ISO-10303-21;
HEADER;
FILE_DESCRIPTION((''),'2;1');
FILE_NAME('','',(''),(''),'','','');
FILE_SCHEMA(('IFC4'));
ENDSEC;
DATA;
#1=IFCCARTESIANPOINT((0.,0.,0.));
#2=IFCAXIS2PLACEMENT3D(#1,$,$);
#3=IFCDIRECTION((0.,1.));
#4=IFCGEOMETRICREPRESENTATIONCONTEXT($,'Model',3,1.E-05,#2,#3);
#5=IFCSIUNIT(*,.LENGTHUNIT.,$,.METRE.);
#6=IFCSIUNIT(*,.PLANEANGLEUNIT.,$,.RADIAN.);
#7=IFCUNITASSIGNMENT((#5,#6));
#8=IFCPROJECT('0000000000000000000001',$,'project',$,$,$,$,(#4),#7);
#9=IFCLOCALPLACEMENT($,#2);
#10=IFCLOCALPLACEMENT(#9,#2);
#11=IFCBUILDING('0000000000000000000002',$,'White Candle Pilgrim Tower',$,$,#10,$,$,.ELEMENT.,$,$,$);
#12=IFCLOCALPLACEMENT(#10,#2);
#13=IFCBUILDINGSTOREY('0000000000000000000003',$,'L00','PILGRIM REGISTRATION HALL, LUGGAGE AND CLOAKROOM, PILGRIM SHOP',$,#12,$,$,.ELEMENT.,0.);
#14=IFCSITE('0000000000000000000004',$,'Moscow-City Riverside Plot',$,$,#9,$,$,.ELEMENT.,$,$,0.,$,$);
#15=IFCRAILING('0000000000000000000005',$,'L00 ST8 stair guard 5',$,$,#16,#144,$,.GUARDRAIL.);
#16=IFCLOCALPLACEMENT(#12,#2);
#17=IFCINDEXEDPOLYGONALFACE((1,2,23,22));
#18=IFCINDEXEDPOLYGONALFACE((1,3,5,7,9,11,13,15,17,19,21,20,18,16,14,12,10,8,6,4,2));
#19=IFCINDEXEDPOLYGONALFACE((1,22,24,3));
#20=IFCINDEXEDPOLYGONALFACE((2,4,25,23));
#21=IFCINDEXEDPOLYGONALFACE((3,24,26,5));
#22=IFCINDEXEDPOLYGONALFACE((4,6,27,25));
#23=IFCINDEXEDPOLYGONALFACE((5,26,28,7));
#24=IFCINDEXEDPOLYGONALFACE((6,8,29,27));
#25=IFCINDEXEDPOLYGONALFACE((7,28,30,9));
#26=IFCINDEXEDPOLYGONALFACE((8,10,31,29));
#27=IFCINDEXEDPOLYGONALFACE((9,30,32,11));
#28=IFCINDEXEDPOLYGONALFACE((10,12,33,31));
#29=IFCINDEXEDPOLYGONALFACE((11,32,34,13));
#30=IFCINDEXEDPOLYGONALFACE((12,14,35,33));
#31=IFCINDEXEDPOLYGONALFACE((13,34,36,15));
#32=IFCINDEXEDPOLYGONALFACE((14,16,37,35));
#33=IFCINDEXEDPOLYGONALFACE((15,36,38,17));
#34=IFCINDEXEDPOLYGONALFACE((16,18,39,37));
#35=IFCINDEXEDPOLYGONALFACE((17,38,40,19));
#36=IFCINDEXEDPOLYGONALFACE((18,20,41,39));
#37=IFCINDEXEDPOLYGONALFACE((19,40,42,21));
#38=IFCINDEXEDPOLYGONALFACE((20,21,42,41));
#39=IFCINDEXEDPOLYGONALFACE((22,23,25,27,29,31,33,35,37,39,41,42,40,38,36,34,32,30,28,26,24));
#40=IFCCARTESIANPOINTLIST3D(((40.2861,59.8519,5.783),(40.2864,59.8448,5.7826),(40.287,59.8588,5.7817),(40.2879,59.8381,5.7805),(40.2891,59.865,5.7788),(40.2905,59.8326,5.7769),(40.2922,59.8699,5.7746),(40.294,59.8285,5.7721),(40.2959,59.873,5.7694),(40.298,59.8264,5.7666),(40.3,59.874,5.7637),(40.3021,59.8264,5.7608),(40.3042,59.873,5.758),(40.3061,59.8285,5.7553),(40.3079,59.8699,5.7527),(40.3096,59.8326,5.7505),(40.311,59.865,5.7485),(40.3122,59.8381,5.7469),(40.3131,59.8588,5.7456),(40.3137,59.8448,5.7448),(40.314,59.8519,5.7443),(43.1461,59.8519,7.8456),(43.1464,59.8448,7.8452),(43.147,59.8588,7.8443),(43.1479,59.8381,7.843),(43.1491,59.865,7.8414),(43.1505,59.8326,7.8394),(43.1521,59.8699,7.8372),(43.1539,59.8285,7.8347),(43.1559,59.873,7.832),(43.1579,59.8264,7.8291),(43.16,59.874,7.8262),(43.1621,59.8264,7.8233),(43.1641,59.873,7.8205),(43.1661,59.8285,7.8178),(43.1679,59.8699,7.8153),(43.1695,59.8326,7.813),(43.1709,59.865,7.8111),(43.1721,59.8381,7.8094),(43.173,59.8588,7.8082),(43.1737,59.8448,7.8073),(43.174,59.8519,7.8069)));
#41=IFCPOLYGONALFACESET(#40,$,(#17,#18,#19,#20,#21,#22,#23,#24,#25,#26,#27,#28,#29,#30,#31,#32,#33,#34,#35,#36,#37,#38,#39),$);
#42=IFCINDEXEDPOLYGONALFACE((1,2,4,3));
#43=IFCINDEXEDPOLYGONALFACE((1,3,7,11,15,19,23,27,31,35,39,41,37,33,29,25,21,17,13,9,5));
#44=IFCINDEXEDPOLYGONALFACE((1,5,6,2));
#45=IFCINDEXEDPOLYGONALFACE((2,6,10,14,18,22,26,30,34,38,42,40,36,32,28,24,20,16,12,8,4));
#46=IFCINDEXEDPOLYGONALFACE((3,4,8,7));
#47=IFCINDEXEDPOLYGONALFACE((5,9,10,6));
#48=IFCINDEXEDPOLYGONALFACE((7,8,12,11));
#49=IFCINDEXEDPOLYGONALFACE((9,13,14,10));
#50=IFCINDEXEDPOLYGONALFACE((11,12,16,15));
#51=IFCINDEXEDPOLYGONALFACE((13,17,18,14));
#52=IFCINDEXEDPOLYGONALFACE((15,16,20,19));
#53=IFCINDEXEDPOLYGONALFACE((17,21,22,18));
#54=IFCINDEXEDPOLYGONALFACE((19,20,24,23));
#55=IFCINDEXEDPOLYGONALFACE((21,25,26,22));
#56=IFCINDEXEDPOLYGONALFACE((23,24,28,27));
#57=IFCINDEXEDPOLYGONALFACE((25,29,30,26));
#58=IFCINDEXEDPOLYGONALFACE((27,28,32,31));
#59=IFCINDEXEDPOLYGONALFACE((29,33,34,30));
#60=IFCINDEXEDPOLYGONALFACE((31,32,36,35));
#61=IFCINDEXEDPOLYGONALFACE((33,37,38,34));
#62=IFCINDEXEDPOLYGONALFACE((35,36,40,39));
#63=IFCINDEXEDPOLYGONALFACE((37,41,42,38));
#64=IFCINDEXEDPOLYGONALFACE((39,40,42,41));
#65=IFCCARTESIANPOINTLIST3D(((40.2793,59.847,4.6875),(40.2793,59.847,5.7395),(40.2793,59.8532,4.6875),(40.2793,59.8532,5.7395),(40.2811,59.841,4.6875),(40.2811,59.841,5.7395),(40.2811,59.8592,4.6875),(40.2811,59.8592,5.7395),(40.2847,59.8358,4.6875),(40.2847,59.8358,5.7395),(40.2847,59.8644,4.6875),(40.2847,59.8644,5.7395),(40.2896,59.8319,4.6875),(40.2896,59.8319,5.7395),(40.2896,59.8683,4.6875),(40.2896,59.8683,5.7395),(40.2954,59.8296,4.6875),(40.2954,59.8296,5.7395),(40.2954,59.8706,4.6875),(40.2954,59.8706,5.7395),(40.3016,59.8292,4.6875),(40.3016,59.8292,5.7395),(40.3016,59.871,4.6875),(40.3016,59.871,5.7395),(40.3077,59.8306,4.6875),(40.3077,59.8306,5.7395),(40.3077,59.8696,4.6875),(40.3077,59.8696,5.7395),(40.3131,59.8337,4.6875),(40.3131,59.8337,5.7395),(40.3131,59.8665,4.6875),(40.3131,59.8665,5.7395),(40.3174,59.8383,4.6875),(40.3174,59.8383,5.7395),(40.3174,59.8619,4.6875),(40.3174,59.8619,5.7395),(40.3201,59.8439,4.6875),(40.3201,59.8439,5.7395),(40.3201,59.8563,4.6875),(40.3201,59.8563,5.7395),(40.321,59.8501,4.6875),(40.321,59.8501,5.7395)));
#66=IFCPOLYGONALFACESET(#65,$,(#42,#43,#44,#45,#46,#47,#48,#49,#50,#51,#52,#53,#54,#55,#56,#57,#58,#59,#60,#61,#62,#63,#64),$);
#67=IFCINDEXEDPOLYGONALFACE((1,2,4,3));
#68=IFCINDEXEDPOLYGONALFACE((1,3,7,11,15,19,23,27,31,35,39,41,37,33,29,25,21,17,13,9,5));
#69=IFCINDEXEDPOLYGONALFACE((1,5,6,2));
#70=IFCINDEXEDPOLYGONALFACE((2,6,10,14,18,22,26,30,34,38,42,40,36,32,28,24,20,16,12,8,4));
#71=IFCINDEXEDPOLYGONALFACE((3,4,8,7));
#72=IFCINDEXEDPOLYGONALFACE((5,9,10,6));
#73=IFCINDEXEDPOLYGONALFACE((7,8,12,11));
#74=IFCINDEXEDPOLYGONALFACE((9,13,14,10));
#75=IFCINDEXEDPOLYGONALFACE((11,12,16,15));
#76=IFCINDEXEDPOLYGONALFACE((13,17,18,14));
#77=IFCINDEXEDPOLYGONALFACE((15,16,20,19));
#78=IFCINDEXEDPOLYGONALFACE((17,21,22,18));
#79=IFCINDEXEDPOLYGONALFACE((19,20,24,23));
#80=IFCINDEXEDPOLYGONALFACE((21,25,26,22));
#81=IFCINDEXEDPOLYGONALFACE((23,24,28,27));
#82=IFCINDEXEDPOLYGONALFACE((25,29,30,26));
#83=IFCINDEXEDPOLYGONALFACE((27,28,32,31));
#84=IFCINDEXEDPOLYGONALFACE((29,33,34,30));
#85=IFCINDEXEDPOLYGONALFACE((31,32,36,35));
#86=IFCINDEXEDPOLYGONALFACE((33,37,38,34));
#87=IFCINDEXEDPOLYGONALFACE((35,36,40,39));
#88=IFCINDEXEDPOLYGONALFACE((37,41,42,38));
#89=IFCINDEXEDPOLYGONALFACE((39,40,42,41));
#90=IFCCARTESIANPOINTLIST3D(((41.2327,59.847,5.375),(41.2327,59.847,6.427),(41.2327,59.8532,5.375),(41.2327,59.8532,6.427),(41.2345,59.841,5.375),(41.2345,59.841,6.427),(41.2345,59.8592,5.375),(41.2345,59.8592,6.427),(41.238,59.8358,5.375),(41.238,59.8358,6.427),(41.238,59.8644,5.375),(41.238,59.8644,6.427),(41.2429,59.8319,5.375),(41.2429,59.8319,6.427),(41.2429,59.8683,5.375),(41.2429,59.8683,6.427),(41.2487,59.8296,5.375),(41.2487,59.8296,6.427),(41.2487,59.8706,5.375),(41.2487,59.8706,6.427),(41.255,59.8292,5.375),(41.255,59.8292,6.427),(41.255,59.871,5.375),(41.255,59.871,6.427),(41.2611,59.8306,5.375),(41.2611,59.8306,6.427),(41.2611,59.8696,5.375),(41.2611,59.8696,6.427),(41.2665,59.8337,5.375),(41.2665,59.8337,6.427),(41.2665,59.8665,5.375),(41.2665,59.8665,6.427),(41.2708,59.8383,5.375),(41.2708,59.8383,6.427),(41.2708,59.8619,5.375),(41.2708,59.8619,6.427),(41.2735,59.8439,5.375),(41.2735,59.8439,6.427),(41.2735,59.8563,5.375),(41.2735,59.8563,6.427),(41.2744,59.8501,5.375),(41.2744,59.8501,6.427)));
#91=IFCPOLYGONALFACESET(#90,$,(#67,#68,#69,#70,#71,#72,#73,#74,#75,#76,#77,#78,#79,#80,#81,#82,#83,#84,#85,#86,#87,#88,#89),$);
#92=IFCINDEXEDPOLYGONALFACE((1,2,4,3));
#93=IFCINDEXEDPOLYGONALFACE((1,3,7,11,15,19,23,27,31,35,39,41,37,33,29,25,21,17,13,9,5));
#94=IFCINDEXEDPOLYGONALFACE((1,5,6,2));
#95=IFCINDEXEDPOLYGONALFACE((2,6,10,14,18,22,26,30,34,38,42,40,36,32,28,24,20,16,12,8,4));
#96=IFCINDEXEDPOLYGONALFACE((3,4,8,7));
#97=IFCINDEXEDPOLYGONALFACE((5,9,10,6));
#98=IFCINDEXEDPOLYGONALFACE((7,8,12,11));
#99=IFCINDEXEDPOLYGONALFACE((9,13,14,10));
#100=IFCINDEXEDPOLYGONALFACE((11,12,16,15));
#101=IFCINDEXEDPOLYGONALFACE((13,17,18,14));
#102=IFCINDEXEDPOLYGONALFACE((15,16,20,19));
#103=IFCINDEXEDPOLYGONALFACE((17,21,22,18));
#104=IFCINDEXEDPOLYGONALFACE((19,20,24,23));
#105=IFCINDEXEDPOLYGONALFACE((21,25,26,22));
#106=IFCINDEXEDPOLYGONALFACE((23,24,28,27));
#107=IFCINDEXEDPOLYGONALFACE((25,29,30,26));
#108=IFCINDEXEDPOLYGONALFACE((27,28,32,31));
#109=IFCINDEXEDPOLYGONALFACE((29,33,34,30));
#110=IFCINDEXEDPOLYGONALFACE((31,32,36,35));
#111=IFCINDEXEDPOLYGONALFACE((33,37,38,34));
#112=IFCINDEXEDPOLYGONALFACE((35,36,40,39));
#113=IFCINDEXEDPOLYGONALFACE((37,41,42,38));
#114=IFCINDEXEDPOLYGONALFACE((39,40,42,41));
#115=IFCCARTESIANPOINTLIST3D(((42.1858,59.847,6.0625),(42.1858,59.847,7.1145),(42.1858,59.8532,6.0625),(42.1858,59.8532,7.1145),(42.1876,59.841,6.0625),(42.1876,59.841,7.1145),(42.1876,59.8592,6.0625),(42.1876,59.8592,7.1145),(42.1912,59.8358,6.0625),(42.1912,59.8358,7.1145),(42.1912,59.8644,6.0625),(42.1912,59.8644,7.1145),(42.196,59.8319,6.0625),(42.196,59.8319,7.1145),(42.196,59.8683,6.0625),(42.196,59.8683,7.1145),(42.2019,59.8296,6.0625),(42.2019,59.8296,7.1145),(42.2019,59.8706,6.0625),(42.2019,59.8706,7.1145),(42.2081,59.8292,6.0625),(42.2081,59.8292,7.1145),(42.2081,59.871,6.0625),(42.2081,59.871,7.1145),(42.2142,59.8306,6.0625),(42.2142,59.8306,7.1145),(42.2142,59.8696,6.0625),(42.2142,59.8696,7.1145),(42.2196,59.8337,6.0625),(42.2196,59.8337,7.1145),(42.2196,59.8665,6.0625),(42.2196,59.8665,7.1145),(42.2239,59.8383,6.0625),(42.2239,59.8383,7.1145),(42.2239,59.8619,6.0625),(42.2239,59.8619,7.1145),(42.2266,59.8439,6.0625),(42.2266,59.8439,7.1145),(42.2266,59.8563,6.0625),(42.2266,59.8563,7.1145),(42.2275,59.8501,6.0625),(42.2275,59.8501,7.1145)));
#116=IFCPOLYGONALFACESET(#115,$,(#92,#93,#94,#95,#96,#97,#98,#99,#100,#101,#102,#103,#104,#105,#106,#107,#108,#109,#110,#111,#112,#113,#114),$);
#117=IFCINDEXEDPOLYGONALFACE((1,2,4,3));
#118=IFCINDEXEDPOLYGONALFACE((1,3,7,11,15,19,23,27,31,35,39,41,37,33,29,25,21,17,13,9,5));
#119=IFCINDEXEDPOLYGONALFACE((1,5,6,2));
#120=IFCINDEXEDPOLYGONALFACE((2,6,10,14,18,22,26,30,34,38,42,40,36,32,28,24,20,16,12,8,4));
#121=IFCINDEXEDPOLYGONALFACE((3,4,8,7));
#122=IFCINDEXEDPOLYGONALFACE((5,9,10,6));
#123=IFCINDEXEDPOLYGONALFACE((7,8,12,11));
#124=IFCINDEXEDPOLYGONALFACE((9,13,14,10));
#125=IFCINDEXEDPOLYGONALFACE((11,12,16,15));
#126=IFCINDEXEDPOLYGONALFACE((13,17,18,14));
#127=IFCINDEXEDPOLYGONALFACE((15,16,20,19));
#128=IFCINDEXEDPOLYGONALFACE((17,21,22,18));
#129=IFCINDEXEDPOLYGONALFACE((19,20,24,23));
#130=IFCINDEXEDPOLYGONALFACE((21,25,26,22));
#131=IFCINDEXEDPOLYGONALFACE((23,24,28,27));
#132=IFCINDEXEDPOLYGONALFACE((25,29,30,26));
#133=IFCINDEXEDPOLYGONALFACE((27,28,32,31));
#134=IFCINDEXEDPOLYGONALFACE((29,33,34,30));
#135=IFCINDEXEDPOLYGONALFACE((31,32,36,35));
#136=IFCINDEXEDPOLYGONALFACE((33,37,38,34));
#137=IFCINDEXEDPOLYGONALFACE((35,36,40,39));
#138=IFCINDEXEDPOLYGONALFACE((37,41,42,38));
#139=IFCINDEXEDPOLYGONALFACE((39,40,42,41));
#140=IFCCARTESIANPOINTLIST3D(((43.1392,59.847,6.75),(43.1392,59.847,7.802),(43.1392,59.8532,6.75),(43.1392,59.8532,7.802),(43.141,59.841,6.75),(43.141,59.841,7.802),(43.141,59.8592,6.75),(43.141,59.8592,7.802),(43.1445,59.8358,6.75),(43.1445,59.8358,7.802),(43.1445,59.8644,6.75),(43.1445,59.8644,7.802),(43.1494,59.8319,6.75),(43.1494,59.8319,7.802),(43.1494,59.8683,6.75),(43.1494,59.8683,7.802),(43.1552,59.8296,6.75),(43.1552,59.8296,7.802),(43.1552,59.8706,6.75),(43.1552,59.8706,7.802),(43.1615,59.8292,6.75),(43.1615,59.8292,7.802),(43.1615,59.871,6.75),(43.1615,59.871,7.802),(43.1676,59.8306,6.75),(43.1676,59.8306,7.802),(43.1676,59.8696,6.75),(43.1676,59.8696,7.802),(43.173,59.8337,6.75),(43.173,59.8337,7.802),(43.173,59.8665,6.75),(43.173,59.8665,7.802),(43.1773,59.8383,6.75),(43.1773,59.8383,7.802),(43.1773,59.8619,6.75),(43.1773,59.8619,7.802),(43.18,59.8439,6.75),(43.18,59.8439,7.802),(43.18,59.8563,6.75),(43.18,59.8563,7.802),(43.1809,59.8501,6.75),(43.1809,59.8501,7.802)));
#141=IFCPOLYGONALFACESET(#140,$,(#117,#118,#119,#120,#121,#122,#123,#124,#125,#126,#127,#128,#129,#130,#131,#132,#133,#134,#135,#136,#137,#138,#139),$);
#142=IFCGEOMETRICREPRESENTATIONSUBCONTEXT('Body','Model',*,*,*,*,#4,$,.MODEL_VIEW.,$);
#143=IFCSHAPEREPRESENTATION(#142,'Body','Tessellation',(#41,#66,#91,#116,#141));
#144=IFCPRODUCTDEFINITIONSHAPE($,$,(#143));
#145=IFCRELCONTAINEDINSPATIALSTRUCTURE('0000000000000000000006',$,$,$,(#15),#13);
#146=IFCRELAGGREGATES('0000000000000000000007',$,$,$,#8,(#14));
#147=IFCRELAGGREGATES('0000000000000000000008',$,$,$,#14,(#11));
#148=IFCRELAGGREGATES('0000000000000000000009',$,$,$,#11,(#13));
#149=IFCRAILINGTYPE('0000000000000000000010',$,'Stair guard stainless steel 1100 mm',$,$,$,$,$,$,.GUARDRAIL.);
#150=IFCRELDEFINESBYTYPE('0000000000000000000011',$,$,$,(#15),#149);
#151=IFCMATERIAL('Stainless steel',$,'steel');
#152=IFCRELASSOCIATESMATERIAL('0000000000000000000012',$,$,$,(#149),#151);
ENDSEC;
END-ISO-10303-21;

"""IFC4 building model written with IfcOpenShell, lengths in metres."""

from ifc_helpers import new_model, si_unit, direction, frame, origin, origin_2d, place, context, subcontext, project, spatial, circle, extrude, material, type_object, element, save


model = new_model("IFC4")

# Units and contexts
model_context = context("Model", 3, precision=1e-05, world=origin(), true_north=direction((0.0, 1.0)))
body_context = subcontext(model_context, "Body", "Model", "MODEL_VIEW")
ifc_project = project(units=[si_unit("LENGTHUNIT", "METRE"), si_unit("PLANEANGLEUNIT", "RADIAN")], contexts=[model_context])

# Site, building, storey
site_placement = place(None, origin())
site = spatial("IfcSite", under=ifc_project, at=site_placement, Name="Moscow-City Riverside Plot", CompositionType="ELEMENT", RefElevation=0.0)
building_placement = place(site_placement, origin())
building = spatial("IfcBuilding", under=site, at=building_placement, Name="White Candle Pilgrim Tower", CompositionType="ELEMENT")
storey_placement = place(building_placement, origin())
storey = spatial("IfcBuildingStorey", under=building, at=storey_placement, Name="L00", Description="PILGRIM REGISTRATION HALL, LUGGAGE AND CLOAKROOM, PILGRIM SHOP", CompositionType="ELEMENT", Elevation=0.0)

# Railing
ifc_material_1 = material(Name="Stainless steel", Category="steel")
railing_type_1 = type_object("IfcRailingType", Name="Stair guard stainless steel 1100 mm", PredefinedType="GUARDRAIL", material=ifc_material_1)
railing_1_placement = place(storey_placement, frame((40.3, 59.8501, 4.6875)))
element("IfcRailing", 1, at=railing_1_placement, inside=storey, type_object=railing_type_1, Name="L00 ST8 stair guard 5", PredefinedType="GUARDRAIL", context=body_context, shape_type="SweptSolid", body=[
    extrude(circle(Radius=0.0239, at=origin_2d()), frame((0.0, 0.0, 1.0762), z_axis=(0.811077, 0.0, 0.584939), x_axis=(0.0, 1.0, 0.0)), (0.0, 0.0, 1.0), 3.5261),
    extrude(circle(Radius=0.021, at=origin_2d()), origin(), (0.0, 0.0, 1.0), 1.052),
    extrude(circle(Radius=0.021, at=origin_2d()), frame((0.9534, 0.0, 0.6875)), (0.0, 0.0, 1.0), 1.052),
    extrude(circle(Radius=0.021, at=origin_2d()), frame((1.9065, 0.0, 1.375)), (0.0, 0.0, 1.0), 1.052),
    extrude(circle(Radius=0.021, at=origin_2d()), frame((2.8599, 0.0, 2.0625)), (0.0, 0.0, 1.0), 1.052),
])

save(model, "model.ifc")
